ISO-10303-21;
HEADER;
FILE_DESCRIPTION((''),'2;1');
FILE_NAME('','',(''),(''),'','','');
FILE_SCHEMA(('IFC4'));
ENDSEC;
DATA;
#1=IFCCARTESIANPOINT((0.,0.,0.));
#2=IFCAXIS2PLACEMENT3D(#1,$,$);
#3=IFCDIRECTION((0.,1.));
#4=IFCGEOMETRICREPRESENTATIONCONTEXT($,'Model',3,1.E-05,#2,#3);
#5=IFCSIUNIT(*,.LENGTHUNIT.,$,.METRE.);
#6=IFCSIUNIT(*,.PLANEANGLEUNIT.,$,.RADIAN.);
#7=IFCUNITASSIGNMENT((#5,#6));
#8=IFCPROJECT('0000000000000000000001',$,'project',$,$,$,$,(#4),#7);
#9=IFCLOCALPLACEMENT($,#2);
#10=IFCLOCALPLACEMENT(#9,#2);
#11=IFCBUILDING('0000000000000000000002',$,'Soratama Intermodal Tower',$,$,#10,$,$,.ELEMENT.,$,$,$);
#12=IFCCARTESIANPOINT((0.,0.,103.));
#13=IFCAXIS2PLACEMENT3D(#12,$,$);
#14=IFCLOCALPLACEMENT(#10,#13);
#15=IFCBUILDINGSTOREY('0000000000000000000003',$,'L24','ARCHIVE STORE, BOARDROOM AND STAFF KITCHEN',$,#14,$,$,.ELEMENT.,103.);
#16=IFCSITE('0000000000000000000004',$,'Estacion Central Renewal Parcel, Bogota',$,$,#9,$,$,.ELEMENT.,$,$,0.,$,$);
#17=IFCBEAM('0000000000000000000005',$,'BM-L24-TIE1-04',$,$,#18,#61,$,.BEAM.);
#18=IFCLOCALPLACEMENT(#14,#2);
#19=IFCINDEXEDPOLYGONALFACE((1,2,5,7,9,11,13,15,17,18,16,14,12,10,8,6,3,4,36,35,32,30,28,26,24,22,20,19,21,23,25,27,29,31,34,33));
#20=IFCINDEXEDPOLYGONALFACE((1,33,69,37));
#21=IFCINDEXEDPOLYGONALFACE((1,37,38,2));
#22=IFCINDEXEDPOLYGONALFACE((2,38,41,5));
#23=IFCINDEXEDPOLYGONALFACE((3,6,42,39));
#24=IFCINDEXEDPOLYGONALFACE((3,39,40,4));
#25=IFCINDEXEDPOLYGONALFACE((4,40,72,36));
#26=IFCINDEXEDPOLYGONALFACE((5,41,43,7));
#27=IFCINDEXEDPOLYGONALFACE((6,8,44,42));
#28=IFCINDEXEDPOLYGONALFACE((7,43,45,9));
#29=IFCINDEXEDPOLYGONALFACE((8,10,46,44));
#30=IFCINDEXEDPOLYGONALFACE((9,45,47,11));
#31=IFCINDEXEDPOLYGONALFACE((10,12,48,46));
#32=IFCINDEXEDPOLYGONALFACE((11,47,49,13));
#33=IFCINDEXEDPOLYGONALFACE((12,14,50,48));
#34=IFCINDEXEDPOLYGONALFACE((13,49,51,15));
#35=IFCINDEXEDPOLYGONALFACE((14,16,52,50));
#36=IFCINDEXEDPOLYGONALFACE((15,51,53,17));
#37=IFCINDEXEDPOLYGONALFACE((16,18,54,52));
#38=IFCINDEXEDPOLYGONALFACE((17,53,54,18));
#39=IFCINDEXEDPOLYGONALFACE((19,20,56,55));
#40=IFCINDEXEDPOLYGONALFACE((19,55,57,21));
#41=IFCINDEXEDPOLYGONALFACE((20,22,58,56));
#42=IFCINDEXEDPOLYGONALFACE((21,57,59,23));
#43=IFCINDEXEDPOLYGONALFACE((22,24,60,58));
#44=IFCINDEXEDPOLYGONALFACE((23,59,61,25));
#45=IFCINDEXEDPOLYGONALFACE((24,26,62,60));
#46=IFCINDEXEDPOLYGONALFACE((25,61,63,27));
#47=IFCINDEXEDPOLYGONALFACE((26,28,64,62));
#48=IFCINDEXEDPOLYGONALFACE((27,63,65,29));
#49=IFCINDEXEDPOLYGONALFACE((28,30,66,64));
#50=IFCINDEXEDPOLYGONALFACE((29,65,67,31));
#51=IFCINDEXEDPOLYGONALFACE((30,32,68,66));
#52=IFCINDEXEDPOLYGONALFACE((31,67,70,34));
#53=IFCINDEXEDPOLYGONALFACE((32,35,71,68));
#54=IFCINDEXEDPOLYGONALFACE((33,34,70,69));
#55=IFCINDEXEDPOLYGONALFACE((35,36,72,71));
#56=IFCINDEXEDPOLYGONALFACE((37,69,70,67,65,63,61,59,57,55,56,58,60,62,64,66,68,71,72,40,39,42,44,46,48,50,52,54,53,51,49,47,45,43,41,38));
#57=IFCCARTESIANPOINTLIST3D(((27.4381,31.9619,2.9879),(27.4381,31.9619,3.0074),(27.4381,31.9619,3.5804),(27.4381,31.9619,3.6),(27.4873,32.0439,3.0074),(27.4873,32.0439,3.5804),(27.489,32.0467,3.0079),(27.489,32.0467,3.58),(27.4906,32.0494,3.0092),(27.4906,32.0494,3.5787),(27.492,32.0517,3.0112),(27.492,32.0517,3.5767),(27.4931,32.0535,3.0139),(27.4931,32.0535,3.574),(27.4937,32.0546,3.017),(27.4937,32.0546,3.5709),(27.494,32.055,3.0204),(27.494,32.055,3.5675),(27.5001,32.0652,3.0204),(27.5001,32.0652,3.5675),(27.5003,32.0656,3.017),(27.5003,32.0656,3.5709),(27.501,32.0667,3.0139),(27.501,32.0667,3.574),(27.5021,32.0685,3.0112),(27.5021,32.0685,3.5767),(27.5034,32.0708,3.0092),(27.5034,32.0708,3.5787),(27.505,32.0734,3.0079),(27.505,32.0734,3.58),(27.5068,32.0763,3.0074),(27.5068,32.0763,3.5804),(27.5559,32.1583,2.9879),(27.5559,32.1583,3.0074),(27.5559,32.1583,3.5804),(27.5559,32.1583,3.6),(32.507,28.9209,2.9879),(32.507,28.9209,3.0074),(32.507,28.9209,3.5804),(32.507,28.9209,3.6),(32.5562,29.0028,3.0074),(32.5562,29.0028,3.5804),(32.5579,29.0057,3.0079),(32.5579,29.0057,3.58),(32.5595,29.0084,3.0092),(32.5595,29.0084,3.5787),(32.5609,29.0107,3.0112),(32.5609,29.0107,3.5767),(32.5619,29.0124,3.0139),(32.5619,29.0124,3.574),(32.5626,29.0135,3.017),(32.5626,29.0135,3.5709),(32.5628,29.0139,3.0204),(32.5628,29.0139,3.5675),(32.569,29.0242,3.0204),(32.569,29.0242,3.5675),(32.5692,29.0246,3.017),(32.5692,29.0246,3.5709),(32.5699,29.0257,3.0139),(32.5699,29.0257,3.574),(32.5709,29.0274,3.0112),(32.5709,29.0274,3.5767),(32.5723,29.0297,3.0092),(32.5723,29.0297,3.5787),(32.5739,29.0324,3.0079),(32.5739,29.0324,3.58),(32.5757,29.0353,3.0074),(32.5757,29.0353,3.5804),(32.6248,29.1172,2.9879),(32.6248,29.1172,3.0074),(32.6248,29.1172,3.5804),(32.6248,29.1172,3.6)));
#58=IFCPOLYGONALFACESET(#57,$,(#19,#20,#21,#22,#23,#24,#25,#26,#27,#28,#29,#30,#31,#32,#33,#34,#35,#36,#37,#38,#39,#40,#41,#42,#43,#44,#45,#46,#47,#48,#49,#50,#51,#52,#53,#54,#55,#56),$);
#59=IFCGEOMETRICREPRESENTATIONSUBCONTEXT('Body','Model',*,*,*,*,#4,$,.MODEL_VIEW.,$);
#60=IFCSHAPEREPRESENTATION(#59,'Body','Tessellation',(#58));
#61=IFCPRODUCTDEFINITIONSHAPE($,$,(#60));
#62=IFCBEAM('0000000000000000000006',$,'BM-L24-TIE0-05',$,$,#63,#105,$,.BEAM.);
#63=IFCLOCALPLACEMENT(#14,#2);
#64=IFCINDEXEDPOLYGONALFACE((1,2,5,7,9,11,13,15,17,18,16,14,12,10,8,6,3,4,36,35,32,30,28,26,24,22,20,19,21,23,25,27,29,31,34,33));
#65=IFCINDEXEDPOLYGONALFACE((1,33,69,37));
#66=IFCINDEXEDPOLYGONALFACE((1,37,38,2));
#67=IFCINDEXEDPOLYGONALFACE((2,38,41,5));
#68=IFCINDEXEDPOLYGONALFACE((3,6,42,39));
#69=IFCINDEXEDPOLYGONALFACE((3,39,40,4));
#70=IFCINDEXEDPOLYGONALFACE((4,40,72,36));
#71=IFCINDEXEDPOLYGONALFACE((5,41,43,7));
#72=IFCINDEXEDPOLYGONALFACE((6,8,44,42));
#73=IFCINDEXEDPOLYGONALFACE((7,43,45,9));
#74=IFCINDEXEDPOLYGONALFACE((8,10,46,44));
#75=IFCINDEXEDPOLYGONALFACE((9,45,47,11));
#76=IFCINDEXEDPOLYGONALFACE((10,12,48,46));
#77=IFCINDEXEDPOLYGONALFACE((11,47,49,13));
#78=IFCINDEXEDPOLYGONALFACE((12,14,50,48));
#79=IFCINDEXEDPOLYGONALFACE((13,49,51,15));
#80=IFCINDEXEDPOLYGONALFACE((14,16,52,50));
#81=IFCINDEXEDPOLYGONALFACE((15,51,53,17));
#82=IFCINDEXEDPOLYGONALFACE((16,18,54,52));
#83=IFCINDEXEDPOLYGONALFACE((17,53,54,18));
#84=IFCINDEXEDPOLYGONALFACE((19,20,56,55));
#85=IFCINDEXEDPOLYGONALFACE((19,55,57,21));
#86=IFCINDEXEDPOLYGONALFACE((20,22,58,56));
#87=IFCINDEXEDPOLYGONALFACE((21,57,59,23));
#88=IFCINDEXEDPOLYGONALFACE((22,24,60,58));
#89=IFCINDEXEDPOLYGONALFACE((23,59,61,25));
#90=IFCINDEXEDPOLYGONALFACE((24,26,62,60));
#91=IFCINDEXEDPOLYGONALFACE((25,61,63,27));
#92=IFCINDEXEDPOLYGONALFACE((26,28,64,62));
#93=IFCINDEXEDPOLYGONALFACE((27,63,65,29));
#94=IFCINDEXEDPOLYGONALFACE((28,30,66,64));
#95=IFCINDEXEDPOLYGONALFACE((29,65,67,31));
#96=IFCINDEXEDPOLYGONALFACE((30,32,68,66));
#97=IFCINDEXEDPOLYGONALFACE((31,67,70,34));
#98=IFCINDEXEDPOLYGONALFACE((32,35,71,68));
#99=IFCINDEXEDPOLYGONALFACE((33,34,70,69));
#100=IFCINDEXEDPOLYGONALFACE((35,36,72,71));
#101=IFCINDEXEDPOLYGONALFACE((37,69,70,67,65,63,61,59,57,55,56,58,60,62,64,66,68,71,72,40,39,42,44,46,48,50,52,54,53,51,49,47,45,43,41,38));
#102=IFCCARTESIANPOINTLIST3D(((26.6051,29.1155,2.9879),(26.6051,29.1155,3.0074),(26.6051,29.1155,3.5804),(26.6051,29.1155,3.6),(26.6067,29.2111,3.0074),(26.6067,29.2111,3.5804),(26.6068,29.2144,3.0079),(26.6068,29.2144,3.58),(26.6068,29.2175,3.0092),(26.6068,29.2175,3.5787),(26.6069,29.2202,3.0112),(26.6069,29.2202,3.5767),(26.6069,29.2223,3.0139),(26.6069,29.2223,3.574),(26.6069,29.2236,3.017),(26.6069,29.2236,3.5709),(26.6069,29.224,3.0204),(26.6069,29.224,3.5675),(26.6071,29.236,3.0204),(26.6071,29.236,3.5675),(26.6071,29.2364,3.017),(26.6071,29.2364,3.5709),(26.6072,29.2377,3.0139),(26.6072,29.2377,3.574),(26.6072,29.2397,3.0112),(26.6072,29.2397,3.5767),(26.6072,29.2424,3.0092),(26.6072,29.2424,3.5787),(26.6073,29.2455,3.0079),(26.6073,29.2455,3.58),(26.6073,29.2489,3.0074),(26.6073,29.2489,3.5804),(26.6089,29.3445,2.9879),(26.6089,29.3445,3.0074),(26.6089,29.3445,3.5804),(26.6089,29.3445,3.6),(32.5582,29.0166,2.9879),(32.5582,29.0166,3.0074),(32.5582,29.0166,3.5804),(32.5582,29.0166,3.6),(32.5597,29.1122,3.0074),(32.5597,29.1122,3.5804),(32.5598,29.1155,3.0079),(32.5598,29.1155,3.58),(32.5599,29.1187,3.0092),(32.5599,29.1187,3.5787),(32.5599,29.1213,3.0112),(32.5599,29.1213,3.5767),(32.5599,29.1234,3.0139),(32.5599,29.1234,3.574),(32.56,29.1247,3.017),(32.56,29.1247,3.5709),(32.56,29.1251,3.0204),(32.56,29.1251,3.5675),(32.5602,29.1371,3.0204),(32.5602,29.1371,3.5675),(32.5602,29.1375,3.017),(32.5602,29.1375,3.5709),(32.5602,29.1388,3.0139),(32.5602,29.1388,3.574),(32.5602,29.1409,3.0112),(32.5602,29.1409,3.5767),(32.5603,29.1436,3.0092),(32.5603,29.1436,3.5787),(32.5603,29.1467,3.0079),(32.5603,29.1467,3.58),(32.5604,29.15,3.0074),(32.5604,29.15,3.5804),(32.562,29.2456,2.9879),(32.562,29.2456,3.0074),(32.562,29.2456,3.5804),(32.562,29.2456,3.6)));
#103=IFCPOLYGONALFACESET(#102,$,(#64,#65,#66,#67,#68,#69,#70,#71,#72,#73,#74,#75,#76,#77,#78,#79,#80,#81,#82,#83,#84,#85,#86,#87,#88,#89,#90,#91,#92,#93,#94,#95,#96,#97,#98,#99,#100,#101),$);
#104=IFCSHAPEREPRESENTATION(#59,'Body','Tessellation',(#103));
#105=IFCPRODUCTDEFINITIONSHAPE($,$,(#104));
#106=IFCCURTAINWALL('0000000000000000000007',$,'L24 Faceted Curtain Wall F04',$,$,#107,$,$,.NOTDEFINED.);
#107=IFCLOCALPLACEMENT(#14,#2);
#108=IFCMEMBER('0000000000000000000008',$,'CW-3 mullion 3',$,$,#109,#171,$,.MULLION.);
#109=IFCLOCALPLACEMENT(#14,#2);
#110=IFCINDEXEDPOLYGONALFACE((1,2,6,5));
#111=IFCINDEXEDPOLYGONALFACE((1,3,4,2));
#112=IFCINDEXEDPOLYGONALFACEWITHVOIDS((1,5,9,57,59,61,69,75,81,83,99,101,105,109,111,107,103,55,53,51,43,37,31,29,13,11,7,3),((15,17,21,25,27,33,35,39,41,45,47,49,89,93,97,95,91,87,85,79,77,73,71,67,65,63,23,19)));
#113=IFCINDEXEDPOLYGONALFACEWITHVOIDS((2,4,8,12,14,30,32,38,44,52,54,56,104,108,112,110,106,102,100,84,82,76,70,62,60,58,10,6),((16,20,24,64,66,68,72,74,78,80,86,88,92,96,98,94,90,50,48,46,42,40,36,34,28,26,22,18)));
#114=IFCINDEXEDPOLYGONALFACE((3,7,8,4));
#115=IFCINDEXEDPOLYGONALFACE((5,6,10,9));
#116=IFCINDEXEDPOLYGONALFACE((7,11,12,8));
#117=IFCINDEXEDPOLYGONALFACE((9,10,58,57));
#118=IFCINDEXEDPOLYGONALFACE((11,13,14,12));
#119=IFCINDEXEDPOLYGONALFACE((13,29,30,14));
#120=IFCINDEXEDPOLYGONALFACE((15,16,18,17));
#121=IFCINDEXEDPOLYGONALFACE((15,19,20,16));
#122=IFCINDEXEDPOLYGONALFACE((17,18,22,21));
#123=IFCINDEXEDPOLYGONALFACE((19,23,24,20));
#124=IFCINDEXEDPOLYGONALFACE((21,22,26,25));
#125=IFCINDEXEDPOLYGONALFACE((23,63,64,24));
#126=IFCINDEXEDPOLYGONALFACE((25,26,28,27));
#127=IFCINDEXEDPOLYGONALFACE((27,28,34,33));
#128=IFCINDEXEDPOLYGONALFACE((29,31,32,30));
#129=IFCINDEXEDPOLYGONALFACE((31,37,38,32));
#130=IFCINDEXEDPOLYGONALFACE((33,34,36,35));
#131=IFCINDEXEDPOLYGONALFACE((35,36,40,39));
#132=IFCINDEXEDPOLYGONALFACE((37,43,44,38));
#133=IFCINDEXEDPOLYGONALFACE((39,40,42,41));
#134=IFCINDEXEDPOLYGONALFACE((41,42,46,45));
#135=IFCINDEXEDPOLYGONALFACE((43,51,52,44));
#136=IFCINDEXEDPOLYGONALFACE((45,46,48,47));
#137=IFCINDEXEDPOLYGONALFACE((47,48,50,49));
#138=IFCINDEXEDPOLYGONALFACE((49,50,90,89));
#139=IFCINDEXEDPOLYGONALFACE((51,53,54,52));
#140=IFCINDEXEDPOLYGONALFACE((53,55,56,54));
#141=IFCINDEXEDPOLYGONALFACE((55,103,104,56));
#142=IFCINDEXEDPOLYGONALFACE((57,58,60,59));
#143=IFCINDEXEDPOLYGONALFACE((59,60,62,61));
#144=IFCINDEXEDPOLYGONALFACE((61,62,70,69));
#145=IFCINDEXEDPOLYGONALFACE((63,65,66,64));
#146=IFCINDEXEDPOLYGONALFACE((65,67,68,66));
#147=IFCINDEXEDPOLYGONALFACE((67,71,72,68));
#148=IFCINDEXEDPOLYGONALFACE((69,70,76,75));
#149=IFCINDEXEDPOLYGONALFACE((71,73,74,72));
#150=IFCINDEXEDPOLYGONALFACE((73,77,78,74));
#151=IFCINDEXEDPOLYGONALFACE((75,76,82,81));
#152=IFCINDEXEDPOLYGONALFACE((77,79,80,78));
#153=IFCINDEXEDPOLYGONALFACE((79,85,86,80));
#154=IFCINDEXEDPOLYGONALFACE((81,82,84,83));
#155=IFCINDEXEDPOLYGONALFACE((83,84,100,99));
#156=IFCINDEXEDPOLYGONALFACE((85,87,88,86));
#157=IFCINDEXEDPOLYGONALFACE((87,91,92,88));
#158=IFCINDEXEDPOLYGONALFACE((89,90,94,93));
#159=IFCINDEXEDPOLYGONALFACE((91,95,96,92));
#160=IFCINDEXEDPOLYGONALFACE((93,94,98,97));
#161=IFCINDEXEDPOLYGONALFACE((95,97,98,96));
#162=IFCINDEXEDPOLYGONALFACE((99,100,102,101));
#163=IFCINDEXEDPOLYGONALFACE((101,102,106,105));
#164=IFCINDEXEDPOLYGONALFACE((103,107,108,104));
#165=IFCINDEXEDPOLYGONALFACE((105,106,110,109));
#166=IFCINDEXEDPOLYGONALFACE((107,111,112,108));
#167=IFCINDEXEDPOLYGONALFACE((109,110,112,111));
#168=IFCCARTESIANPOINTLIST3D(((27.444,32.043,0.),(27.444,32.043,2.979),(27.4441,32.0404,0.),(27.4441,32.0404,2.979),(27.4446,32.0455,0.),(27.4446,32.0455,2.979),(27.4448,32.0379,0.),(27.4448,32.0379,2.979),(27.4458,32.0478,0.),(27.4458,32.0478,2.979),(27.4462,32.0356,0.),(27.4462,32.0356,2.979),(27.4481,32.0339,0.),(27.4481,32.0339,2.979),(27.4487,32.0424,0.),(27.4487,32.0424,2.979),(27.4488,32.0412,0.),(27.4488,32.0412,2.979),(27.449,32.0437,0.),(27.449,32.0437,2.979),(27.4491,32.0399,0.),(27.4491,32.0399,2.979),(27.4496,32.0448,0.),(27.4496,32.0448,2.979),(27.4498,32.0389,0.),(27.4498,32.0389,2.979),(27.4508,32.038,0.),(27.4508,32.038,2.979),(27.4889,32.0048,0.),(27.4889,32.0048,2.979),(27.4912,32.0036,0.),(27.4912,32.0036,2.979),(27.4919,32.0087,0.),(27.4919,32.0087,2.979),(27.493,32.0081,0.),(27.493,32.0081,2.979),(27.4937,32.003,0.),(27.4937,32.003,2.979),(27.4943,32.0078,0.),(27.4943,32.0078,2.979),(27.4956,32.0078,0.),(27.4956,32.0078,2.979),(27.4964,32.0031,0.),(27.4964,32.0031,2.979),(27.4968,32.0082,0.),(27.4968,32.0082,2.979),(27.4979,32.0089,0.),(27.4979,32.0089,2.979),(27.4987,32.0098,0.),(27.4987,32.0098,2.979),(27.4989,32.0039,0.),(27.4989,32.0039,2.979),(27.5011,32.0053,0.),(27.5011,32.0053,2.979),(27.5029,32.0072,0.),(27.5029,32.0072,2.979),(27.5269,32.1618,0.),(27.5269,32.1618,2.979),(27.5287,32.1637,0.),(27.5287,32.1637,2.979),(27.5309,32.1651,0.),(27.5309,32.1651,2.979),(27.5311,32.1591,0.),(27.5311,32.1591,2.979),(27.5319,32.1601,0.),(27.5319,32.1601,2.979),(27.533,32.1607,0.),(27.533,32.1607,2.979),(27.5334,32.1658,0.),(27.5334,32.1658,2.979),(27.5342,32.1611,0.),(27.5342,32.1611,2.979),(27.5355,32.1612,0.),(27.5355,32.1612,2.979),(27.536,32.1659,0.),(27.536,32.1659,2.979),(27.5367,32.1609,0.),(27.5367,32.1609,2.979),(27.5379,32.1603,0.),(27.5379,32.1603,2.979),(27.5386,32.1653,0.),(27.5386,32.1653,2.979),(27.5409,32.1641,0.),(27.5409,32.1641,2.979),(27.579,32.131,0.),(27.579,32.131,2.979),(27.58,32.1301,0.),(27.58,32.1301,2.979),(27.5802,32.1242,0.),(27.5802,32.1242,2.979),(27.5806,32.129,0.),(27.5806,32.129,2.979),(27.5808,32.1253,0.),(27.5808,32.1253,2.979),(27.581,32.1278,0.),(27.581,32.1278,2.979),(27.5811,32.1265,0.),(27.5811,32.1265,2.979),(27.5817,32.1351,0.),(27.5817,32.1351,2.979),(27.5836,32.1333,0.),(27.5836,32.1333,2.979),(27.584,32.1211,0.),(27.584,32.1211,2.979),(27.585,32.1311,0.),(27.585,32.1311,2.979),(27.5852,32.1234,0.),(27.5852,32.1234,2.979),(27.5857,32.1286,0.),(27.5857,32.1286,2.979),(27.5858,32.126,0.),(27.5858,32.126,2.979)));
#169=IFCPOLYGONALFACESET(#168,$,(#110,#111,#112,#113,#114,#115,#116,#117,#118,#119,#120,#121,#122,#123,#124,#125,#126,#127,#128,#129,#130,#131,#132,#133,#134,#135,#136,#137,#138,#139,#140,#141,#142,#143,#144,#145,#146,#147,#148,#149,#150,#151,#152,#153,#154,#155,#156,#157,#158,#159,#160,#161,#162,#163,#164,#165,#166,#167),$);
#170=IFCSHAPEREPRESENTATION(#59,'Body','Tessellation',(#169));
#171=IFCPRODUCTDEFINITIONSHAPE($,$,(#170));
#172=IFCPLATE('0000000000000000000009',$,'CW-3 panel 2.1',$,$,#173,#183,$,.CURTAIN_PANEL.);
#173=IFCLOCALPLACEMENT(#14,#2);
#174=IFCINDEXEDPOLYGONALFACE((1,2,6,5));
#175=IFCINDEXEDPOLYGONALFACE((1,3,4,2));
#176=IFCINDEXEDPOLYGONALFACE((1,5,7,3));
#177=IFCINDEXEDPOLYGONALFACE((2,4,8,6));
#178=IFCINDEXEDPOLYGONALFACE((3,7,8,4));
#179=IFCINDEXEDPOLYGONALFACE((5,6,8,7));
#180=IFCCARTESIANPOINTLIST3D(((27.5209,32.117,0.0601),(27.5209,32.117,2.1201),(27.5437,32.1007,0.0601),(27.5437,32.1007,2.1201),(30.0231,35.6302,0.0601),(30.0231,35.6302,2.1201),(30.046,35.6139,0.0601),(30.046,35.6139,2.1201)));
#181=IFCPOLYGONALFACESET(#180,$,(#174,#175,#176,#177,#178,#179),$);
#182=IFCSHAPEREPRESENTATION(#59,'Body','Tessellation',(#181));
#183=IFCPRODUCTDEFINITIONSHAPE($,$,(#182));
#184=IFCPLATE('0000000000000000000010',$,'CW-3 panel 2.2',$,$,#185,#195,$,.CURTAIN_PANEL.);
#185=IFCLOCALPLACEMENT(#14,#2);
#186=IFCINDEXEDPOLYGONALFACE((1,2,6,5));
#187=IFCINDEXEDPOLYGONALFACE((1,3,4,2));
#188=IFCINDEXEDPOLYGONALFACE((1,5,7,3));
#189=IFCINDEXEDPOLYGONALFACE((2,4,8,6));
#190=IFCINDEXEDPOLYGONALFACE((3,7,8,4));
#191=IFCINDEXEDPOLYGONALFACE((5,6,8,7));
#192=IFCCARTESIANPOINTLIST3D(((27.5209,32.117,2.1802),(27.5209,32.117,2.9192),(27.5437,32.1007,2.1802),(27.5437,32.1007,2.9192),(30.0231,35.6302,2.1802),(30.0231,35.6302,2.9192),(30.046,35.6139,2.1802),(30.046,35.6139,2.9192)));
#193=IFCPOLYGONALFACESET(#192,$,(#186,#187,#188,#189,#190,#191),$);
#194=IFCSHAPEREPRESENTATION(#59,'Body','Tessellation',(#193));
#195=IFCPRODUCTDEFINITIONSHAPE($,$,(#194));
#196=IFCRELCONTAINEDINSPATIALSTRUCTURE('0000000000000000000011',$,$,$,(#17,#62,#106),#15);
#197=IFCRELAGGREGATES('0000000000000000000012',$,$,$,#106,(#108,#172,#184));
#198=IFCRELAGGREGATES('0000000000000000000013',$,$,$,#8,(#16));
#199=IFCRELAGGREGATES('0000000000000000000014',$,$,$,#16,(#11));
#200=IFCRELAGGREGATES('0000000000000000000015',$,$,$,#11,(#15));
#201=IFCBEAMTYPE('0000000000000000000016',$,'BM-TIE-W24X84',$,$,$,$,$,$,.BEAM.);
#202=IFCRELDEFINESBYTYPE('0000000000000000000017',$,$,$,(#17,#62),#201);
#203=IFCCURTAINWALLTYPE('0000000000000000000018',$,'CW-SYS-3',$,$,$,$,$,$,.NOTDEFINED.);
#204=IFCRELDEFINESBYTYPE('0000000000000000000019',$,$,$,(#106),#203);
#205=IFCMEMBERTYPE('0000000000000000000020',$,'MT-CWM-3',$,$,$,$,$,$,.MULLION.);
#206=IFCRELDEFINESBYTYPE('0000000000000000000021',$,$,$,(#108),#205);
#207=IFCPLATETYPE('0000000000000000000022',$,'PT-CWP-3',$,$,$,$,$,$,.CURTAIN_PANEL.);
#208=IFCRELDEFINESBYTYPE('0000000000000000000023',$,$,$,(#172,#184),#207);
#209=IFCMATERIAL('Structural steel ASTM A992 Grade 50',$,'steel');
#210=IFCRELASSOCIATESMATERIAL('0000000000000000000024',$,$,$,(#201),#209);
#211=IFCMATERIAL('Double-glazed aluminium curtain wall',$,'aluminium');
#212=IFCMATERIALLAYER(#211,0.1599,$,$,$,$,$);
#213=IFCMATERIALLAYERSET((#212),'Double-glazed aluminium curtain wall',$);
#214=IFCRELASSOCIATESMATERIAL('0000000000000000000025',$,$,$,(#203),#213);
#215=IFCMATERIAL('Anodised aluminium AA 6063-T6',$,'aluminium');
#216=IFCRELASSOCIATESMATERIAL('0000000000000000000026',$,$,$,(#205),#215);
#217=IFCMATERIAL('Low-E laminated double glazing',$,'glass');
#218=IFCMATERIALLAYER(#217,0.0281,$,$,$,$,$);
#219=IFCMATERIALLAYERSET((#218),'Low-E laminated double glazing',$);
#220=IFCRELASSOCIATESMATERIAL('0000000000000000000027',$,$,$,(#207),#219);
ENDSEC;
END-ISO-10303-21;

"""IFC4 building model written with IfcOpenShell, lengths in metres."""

from ifc_helpers import new_model, si_unit, direction, frame, origin, origin_2d, place, context, subcontext, project, spatial, rectangle, hollow_rectangle, i_section, extrude, material, layer, layer_set, material_profile, profile_set, type_object, element, aggregate, save


model = new_model("IFC4")

# Units and contexts
model_context = context("Model", 3, precision=1e-05, world=origin(), true_north=direction((0.0, 1.0)))
body_context = subcontext(model_context, "Body", "Model", "MODEL_VIEW")
ifc_project = project(units=[si_unit("LENGTHUNIT", "METRE"), si_unit("PLANEANGLEUNIT", "RADIAN")], contexts=[model_context])

# Site, building, storey
site_placement = place(None, origin())
site = spatial("IfcSite", under=ifc_project, at=site_placement, Name="Estacion Central Renewal Parcel, Bogota", CompositionType="ELEMENT", RefElevation=0.0)
building_placement = place(site_placement, origin())
building = spatial("IfcBuilding", under=site, at=building_placement, Name="Soratama Intermodal Tower", CompositionType="ELEMENT")
storey_placement = place(building_placement, frame((0.0, 0.0, 103.0)))
storey = spatial("IfcBuildingStorey", under=building, at=storey_placement, Name="L24", Description="ARCHIVE STORE, BOARDROOM AND STAFF KITCHEN", CompositionType="ELEMENT", Elevation=103.0)

# Beams
ifc_material_1 = material(Name="Structural steel ASTM A992 Grade 50", Category="steel")
ifc_material_profile_1 = material_profile(ifc_material_1, i_section(OverallWidth=0.229, OverallDepth=0.6121, WebThickness=0.012, FlangeThickness=0.0195, FilletRadius=0.0129, at=origin_2d()), Name="W24X84")
ifc_profile_set_1 = profile_set([ifc_material_profile_1], Name="Structural steel ASTM A992 Grade 50")
beam_type_1 = type_object("IfcBeamType", Name="BM-TIE-W24X84", PredefinedType="BEAM", material=ifc_profile_set_1)
beam_1_placement = place(storey_placement, frame((32.5659, 29.019, 3.2939), z_axis=(-0.857515, 0.514459, 0.0), x_axis=(-0.514459, -0.857515, 0.0)))
element("IfcBeam", 1, at=beam_1_placement, inside=storey, type_object=beam_type_1, Name="BM-L24-TIE1-04", PredefinedType="BEAM", context=body_context, shape_type="SweptSolid", body=[
    extrude(i_section(OverallWidth=0.229, OverallDepth=0.6121, WebThickness=0.012, FlangeThickness=0.0195, FilletRadius=0.0129, at=origin_2d()), origin(), (0.0, 0.0, 1.0), 5.9111),
])
beam_2_placement = place(storey_placement, frame((32.5601, 29.1311, 3.2939), z_axis=(-0.999862, 0.016607, 0.0), x_axis=(-0.016607, -0.999862, 0.0)))
element("IfcBeam", 2, at=beam_2_placement, inside=storey, type_object=beam_type_1, Name="BM-L24-TIE0-05", PredefinedType="BEAM", context=body_context, shape_type="SweptSolid", body=[
    extrude(i_section(OverallWidth=0.229, OverallDepth=0.6121, WebThickness=0.012, FlangeThickness=0.0195, FilletRadius=0.0129, at=origin_2d()), origin(), (0.0, 0.0, 1.0), 5.9539),
])

# Curtain wall, member, plates
ifc_material_2 = material(Name="Double-glazed aluminium curtain wall", Category="aluminium")
ifc_layer_1 = layer(ifc_material_2, 0.1599)
ifc_layer_set_1 = layer_set([ifc_layer_1], Name="Double-glazed aluminium curtain wall")
curtain_wall_type = type_object("IfcCurtainWallType", Name="CW-SYS-3", PredefinedType="NOTDEFINED", material=ifc_layer_set_1)
curtain_wall_placement = place(storey_placement, origin())
curtain_wall = element("IfcCurtainWall", 3, at=curtain_wall_placement, inside=storey, type_object=curtain_wall_type, Name="L24 Faceted Curtain Wall F04", PredefinedType="NOTDEFINED")
ifc_material_3 = material(Name="Anodised aluminium AA 6063-T6", Category="aluminium")
ifc_material_profile_2 = material_profile(ifc_material_3, hollow_rectangle(XDim=0.0701, YDim=0.1599, WallThickness=0.0049, InnerFilletRadius=0.0049, OuterFilletRadius=0.01, at=origin_2d()), Name="CWM160X70X5")
ifc_profile_set_2 = profile_set([ifc_material_profile_2], Name="Anodised aluminium AA 6063-T6")
member_type = type_object("IfcMemberType", Name="MT-CWM-3", PredefinedType="MULLION", material=ifc_profile_set_2)
member_placement = place(storey_placement, frame((27.5149, 32.0845, 0.0), z_axis=(0.0, 0.0, 1.0), x_axis=(0.814519, -0.580137, 0.0)))
member = element("IfcMember", 4, at=member_placement, type_object=member_type, Name="CW-3 mullion 3", PredefinedType="MULLION", context=body_context, shape_type="SweptSolid", body=[
    extrude(hollow_rectangle(XDim=0.0701, YDim=0.1599, WallThickness=0.0049, InnerFilletRadius=0.0049, OuterFilletRadius=0.01, at=origin_2d()), origin(), (0.0, 0.0, 1.0), 2.979),
])
ifc_material_4 = material(Name="Low-E laminated double glazing", Category="glass")
ifc_layer_2 = layer(ifc_material_4, 0.0281)
ifc_layer_set_2 = layer_set([ifc_layer_2], Name="Low-E laminated double glazing")
plate_type = type_object("IfcPlateType", Name="PT-CWP-3", PredefinedType="CURTAIN_PANEL", material=ifc_layer_set_2)
plate_1_placement = place(storey_placement, frame((28.7834, 33.8655, 0.0601), z_axis=(0.0, 0.0, 1.0), x_axis=(-0.580137, -0.814519, 0.0)))
plate_1 = element("IfcPlate", 5, at=plate_1_placement, type_object=plate_type, Name="CW-3 panel 2.1", PredefinedType="CURTAIN_PANEL", context=body_context, shape_type="SweptSolid", body=[
    extrude(rectangle(XDim=4.3132, YDim=0.0281, at=origin_2d()), origin(), (0.0, 0.0, 1.0), 2.0601),
])
plate_2_placement = place(storey_placement, frame((28.7834, 33.8655, 2.1802), z_axis=(0.0, 0.0, 1.0), x_axis=(-0.580137, -0.814519, 0.0)))
plate_2 = element("IfcPlate", 6, at=plate_2_placement, type_object=plate_type, Name="CW-3 panel 2.2", PredefinedType="CURTAIN_PANEL", context=body_context, shape_type="SweptSolid", body=[
    extrude(rectangle(XDim=4.3132, YDim=0.0281, at=origin_2d()), origin(), (0.0, 0.0, 1.0), 0.739),
])
aggregate(curtain_wall, [member, plate_1, plate_2])

save(model, "model.ifc")
